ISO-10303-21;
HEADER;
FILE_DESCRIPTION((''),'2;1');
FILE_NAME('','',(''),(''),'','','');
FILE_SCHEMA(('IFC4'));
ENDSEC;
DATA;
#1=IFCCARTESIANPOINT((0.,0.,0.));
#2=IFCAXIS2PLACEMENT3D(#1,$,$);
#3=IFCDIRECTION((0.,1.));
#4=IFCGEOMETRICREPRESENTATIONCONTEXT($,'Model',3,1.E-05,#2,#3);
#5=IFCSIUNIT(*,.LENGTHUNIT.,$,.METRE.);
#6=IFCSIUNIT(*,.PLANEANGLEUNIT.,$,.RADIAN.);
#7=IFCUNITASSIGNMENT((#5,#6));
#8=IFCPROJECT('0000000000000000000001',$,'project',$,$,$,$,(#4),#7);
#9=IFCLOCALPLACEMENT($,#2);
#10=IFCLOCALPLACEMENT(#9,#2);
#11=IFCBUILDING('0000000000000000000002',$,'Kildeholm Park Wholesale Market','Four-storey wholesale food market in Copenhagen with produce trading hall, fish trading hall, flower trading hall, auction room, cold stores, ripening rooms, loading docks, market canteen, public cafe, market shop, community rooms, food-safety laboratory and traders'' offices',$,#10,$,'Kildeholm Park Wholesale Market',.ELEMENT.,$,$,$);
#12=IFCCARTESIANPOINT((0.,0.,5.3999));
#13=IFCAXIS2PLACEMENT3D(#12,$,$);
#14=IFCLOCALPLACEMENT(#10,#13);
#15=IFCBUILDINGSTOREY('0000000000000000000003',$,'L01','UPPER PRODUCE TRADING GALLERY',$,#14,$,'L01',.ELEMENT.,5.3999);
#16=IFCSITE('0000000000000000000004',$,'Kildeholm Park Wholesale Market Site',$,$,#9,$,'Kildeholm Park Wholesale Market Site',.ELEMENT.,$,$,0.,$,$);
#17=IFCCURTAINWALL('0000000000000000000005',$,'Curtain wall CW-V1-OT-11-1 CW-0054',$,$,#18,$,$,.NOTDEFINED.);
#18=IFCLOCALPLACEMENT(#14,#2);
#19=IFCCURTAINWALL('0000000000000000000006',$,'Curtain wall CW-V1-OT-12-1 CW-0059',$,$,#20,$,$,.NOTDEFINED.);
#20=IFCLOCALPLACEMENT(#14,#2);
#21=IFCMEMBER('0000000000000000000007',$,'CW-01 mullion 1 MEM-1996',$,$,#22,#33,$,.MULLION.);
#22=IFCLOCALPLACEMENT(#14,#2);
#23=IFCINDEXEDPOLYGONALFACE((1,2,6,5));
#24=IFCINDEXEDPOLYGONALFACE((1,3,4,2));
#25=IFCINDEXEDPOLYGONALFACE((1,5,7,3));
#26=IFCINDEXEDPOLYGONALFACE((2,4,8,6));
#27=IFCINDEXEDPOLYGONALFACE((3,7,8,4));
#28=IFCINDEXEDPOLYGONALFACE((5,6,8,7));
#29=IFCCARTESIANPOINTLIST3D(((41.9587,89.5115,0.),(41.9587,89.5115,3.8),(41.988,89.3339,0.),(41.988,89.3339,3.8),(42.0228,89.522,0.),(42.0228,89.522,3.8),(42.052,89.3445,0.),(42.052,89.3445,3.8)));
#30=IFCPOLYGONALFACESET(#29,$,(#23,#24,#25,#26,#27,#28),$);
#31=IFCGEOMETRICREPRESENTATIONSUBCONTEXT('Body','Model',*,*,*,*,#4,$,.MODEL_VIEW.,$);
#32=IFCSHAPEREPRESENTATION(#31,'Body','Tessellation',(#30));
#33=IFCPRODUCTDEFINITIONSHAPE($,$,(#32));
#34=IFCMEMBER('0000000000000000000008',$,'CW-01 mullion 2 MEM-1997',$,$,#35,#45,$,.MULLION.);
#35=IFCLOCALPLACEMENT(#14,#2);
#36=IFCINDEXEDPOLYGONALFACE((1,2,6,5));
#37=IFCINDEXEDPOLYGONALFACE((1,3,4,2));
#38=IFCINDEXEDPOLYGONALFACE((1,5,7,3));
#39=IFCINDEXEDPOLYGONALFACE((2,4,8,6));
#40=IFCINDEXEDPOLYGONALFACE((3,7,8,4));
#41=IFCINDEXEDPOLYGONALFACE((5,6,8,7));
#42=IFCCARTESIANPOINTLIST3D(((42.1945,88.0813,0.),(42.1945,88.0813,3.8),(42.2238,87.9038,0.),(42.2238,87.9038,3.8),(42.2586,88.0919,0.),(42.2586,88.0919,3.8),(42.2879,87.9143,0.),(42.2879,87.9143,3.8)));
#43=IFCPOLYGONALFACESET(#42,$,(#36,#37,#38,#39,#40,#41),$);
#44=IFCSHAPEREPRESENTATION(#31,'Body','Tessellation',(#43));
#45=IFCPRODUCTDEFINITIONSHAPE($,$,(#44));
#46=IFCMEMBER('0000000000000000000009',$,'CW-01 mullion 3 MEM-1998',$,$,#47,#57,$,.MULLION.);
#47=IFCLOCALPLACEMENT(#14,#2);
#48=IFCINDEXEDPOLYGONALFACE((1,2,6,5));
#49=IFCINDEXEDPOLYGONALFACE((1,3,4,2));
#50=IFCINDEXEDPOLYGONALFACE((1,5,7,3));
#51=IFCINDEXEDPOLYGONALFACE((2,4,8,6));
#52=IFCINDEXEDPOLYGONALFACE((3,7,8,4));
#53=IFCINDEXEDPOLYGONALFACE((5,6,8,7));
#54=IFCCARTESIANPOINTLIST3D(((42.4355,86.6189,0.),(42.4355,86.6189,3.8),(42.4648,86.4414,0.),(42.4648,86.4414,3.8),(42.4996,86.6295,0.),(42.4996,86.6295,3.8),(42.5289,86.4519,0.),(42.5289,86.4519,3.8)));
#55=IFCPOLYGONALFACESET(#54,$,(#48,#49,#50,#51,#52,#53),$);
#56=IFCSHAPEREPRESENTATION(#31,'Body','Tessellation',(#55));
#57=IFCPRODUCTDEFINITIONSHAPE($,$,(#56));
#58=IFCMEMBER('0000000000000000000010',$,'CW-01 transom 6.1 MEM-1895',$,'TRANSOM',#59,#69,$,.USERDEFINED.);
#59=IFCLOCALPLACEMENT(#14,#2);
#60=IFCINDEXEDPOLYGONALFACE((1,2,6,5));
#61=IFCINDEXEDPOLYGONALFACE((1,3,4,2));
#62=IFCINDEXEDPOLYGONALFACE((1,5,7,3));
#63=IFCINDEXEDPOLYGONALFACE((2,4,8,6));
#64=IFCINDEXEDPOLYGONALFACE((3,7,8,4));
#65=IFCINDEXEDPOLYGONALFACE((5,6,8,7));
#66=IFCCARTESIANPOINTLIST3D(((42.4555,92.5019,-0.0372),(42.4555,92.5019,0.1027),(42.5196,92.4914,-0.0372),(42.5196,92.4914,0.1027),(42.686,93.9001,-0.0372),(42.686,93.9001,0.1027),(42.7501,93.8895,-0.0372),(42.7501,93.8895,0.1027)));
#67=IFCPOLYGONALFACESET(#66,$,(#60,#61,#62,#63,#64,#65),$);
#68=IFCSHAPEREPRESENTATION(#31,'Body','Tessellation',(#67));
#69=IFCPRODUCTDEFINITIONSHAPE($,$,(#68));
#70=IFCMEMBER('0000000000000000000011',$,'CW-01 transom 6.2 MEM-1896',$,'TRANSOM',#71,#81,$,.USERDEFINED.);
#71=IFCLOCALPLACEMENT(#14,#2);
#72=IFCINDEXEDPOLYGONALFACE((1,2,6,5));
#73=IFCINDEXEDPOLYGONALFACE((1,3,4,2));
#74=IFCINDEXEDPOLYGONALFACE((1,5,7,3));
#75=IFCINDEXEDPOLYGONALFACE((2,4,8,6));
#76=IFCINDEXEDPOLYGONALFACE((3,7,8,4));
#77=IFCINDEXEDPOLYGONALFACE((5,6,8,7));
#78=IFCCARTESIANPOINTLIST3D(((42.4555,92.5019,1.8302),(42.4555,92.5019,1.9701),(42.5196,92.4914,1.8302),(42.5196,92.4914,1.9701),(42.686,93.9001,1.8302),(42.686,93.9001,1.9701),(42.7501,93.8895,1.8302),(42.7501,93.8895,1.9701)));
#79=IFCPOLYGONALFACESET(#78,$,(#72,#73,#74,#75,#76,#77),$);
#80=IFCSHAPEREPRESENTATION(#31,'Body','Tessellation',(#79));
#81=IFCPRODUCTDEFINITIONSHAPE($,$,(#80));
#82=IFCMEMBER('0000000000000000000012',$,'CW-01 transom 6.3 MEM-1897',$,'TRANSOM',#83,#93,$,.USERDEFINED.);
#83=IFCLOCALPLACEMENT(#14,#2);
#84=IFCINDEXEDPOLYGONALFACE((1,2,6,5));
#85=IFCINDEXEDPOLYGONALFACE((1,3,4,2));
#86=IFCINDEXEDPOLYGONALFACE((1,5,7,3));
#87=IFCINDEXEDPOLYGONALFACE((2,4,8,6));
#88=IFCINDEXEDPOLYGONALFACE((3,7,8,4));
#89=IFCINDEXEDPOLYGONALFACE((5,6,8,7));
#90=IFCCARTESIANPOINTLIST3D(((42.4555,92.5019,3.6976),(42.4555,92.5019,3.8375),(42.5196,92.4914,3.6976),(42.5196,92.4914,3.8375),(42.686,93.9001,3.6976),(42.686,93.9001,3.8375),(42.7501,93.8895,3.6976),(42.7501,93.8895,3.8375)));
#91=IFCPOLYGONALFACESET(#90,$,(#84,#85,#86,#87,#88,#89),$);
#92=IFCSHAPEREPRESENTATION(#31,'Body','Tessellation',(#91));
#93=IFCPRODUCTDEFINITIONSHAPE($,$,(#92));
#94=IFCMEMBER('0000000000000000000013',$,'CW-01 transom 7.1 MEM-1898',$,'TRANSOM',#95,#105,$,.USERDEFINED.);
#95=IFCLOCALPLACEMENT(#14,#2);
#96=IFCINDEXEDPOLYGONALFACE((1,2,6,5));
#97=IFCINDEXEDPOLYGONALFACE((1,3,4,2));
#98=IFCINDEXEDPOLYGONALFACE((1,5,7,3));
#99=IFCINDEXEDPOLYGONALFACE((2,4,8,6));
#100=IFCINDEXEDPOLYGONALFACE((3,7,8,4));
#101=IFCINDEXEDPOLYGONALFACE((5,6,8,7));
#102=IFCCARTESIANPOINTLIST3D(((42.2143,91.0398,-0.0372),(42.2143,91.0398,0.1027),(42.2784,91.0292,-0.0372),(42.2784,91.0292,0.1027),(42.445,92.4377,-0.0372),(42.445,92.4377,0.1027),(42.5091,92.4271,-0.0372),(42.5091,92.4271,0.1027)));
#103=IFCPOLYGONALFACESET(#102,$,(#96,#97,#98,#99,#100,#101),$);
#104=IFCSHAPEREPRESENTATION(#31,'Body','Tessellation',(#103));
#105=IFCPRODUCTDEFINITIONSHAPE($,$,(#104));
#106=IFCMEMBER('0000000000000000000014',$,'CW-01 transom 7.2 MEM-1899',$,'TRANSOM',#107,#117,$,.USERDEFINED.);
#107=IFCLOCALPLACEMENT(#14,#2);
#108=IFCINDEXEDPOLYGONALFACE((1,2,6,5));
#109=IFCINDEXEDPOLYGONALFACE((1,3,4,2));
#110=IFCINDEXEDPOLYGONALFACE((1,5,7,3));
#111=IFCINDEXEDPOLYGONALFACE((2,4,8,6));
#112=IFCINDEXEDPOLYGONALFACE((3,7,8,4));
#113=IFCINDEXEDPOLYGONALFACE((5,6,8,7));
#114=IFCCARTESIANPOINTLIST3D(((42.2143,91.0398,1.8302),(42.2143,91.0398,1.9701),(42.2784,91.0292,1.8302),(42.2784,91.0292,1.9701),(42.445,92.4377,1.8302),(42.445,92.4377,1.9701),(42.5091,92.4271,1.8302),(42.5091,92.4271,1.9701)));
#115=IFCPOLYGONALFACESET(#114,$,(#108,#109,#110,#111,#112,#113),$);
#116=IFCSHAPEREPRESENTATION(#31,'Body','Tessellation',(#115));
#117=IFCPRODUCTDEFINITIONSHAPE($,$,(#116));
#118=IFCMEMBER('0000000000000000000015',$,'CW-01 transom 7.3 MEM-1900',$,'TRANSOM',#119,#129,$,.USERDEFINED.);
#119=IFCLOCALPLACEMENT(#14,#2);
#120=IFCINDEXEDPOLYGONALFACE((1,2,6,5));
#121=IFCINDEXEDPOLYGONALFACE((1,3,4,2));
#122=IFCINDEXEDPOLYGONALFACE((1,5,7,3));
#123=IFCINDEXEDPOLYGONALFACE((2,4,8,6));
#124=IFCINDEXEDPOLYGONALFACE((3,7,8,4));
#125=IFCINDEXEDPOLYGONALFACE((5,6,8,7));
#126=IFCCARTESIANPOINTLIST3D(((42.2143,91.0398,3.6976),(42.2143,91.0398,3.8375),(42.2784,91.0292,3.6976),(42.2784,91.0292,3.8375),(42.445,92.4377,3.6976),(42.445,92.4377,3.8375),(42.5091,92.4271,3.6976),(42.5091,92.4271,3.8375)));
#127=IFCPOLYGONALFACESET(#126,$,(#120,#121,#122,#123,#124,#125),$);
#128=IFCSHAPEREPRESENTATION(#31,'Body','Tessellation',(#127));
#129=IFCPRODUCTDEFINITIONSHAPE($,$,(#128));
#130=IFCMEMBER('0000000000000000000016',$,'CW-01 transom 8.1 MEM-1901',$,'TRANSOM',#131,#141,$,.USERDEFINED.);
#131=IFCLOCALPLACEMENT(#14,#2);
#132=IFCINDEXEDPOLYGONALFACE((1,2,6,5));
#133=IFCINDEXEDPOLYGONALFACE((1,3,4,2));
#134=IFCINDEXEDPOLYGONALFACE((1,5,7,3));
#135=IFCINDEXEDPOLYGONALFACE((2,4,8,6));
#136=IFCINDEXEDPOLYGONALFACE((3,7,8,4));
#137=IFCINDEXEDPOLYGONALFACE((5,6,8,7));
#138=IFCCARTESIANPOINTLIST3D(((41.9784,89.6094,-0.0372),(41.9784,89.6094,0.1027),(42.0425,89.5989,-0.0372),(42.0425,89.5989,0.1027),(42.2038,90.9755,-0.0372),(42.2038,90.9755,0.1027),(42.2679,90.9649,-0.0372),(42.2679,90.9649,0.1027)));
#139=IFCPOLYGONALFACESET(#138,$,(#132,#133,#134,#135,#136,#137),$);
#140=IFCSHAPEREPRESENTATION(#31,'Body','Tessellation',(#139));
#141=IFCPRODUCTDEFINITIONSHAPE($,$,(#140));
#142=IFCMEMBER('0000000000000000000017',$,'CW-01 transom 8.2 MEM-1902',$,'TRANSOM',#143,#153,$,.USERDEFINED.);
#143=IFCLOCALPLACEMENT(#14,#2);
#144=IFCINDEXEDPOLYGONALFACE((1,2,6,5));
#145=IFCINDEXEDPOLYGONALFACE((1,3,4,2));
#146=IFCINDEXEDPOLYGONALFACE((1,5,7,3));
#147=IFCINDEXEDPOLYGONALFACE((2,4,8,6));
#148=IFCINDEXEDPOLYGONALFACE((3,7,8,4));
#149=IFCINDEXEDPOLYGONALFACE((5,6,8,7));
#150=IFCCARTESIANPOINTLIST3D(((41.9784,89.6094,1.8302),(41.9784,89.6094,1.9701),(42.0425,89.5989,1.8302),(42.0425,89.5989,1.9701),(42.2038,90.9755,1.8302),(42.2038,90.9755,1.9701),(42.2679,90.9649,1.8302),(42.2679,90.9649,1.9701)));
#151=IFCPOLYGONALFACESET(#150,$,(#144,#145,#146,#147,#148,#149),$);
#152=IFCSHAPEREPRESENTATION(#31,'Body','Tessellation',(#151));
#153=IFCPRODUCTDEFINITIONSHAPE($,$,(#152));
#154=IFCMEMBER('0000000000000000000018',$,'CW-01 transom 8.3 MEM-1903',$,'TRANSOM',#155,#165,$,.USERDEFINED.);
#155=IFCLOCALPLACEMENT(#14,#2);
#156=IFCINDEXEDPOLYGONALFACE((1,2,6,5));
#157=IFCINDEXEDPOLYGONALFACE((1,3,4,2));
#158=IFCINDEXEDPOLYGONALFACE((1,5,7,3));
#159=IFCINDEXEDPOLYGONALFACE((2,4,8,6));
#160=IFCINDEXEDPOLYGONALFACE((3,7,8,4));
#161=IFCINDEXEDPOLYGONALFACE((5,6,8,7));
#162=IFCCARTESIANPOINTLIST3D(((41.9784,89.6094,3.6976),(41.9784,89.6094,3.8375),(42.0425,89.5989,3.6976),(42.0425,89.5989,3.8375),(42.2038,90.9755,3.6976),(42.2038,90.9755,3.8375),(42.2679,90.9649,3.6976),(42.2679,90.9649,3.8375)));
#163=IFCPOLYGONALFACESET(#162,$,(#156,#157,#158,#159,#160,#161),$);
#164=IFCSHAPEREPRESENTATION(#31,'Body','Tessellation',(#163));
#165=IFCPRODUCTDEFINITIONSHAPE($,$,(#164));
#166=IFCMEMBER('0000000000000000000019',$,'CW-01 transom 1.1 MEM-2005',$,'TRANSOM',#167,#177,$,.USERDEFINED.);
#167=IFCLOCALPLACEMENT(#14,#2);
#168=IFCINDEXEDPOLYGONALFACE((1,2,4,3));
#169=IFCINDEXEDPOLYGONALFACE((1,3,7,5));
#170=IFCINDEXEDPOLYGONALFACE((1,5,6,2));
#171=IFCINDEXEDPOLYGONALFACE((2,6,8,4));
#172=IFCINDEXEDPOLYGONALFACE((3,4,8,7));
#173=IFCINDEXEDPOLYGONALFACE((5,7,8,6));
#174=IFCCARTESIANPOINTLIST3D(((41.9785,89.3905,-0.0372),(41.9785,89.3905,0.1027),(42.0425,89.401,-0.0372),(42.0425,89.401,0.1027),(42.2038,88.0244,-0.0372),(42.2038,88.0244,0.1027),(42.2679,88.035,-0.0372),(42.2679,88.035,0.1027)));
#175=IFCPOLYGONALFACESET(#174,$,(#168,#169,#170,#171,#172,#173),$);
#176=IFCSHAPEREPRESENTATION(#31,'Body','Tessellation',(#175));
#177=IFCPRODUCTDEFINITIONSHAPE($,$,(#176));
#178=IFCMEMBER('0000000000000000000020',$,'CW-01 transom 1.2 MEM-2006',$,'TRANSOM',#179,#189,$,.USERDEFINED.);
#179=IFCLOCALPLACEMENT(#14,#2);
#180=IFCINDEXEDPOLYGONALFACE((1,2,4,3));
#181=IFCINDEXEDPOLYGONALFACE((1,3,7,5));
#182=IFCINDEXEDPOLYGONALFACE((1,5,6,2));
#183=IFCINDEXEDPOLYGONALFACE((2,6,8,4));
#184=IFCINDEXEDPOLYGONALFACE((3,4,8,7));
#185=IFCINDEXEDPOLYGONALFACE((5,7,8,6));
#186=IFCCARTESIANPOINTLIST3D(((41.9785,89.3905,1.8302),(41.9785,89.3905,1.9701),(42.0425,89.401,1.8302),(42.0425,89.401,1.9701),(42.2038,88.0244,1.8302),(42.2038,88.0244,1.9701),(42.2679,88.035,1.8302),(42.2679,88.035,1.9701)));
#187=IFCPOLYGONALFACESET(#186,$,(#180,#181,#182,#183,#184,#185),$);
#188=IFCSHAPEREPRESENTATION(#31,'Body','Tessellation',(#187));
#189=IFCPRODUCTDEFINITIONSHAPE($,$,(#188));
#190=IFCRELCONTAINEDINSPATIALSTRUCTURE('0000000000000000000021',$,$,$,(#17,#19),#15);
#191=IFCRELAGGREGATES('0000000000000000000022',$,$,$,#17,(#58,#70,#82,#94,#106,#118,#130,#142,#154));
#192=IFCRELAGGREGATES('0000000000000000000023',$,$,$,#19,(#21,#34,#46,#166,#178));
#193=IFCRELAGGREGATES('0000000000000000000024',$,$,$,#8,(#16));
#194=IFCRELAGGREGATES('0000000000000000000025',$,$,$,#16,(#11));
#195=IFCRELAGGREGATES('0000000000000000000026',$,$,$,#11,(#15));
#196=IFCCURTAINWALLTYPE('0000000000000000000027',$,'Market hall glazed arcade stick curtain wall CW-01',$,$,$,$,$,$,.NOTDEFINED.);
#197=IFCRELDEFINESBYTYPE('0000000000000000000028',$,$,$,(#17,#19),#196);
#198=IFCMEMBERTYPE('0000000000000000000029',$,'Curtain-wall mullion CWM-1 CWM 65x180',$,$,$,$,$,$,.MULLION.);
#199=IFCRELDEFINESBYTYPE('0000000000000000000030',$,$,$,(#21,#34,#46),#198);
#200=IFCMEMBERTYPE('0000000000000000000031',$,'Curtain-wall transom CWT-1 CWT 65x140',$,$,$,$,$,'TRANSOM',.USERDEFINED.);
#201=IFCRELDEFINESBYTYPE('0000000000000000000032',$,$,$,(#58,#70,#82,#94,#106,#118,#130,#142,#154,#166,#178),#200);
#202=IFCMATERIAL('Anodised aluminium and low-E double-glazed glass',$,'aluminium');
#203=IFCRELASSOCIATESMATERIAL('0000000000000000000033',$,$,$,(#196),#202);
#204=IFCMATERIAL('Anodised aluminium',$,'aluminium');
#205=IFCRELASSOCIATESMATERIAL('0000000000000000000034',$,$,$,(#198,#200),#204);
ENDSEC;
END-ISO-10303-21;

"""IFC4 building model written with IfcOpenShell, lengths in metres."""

from ifc_helpers import new_model, si_unit, direction, frame, origin, origin_2d, place, context, subcontext, project, spatial, rectangle, extrude, material, material_profile, profile_set, type_object, element, aggregate, save


model = new_model("IFC4")

# Units and contexts
model_context = context("Model", 3, precision=1e-05, world=origin(), true_north=direction((0.0, 1.0)))
body_context = subcontext(model_context, "Body", "Model", "MODEL_VIEW")
ifc_project = project(units=[si_unit("LENGTHUNIT", "METRE"), si_unit("PLANEANGLEUNIT", "RADIAN")], contexts=[model_context])

# Site, building, storey
site_placement = place(None, origin())
site = spatial("IfcSite", under=ifc_project, at=site_placement, Name="Kildeholm Park Wholesale Market Site", LongName="Kildeholm Park Wholesale Market Site", CompositionType="ELEMENT", RefElevation=0.0)
building_placement = place(site_placement, origin())
building = spatial("IfcBuilding", under=site, at=building_placement, Name="Kildeholm Park Wholesale Market", Description="Four-storey wholesale food market in Copenhagen with produce trading hall, fish trading hall, flower trading hall, auction room, cold stores, ripening rooms, loading docks, market canteen, public cafe, market shop, community rooms, food-safety laboratory and traders' offices", LongName="Kildeholm Park Wholesale Market", CompositionType="ELEMENT")
storey_placement = place(building_placement, frame((0.0, 0.0, 5.3999)))
storey = spatial("IfcBuildingStorey", under=building, at=storey_placement, Name="L01", Description="UPPER PRODUCE TRADING GALLERY", LongName="L01", CompositionType="ELEMENT", Elevation=5.3999)

# Curtain walls, members
ifc_material_1 = material(Name="Anodised aluminium and low-E double-glazed glass", Category="aluminium")
curtain_wall_type = type_object("IfcCurtainWallType", Name="Market hall glazed arcade stick curtain wall CW-01", PredefinedType="NOTDEFINED", material=ifc_material_1)
curtain_wall_1_placement = place(storey_placement, origin())
curtain_wall_1 = element("IfcCurtainWall", 1, at=curtain_wall_1_placement, inside=storey, type_object=curtain_wall_type, Name="Curtain wall CW-V1-OT-11-1 CW-0054", PredefinedType="NOTDEFINED")
ifc_material_2 = material(Name="Anodised aluminium", Category="aluminium")
ifc_material_profile_1 = material_profile(ifc_material_2, rectangle(XDim=0.0649, YDim=0.1799, at=origin_2d()), Name="CWM 65x180")
ifc_profile_set_1 = profile_set([ifc_material_profile_1], Name="Anodised aluminium")
member_type_1 = type_object("IfcMemberType", Name="Curtain-wall mullion CWM-1 CWM 65x180", PredefinedType="MULLION", material=ifc_profile_set_1)
curtain_wall_2_placement = place(storey_placement, origin())
curtain_wall_2 = element("IfcCurtainWall", 2, at=curtain_wall_2_placement, inside=storey, type_object=curtain_wall_type, Name="Curtain wall CW-V1-OT-12-1 CW-0059", PredefinedType="NOTDEFINED")
member_1_placement = place(storey_placement, frame((42.0054, 89.428, 0.0), z_axis=(0.0, 0.0, 1.0), x_axis=(0.986675, 0.162703, 0.0)))
member_1 = element("IfcMember", 3, at=member_1_placement, type_object=member_type_1, Name="CW-01 mullion 1 MEM-1996", PredefinedType="MULLION", context=body_context, shape_type="SweptSolid", body=[
    extrude(rectangle(XDim=0.0649, YDim=0.1799, at=origin_2d()), origin(), (0.0, 0.0, 1.0), 3.8),
])
member_2_placement = place(storey_placement, frame((42.2412, 87.9978, 0.0), z_axis=(0.0, 0.0, 1.0), x_axis=(0.986675, 0.162703, 0.0)))
member_2 = element("IfcMember", 4, at=member_2_placement, type_object=member_type_1, Name="CW-01 mullion 2 MEM-1997", PredefinedType="MULLION", context=body_context, shape_type="SweptSolid", body=[
    extrude(rectangle(XDim=0.0649, YDim=0.1799, at=origin_2d()), origin(), (0.0, 0.0, 1.0), 3.8),
])
member_3_placement = place(storey_placement, frame((42.4822, 86.5354, 0.0), z_axis=(0.0, 0.0, 1.0), x_axis=(0.986675, 0.162703, 0.0)))
member_3 = element("IfcMember", 5, at=member_3_placement, type_object=member_type_1, Name="CW-01 mullion 3 MEM-1998", PredefinedType="MULLION", context=body_context, shape_type="SweptSolid", body=[
    extrude(rectangle(XDim=0.0649, YDim=0.1799, at=origin_2d()), origin(), (0.0, 0.0, 1.0), 3.8),
])

# Members
ifc_material_profile_2 = material_profile(ifc_material_2, rectangle(XDim=0.0649, YDim=0.1399, at=origin_2d()), Name="CWT 65x140")
ifc_profile_set_2 = profile_set([ifc_material_profile_2], Name="Anodised aluminium")
member_type_2 = type_object("IfcMemberType", Name="Curtain-wall transom CWT-1 CWT 65x140", ElementType="TRANSOM", PredefinedType="USERDEFINED", material=ifc_profile_set_2)
member_4_placement = place(storey_placement, frame((42.718, 93.8948, 0.0327), z_axis=(-0.162639, -0.986686, 0.0), x_axis=(0.986686, -0.162639, 0.0)))
member_4 = element("IfcMember", 6, at=member_4_placement, type_object=member_type_2, Name="CW-01 transom 6.1 MEM-1895", ObjectType="TRANSOM", PredefinedType="USERDEFINED", context=body_context, shape_type="SweptSolid", body=[
    extrude(rectangle(XDim=0.0649, YDim=0.1399, at=origin_2d()), origin(), (0.0, 0.0, 1.0), 1.417),
])
member_5_placement = place(storey_placement, frame((42.718, 93.8948, 1.9001), z_axis=(-0.162639, -0.986686, 0.0), x_axis=(0.986686, -0.162639, 0.0)))
member_5 = element("IfcMember", 7, at=member_5_placement, type_object=member_type_2, Name="CW-01 transom 6.2 MEM-1896", ObjectType="TRANSOM", PredefinedType="USERDEFINED", context=body_context, shape_type="SweptSolid", body=[
    extrude(rectangle(XDim=0.0649, YDim=0.1399, at=origin_2d()), origin(), (0.0, 0.0, 1.0), 1.417),
])
member_6_placement = place(storey_placement, frame((42.718, 93.8948, 3.7676), z_axis=(-0.162639, -0.986686, 0.0), x_axis=(0.986686, -0.162639, 0.0)))
member_6 = element("IfcMember", 8, at=member_6_placement, type_object=member_type_2, Name="CW-01 transom 6.3 MEM-1897", ObjectType="TRANSOM", PredefinedType="USERDEFINED", context=body_context, shape_type="SweptSolid", body=[
    extrude(rectangle(XDim=0.0649, YDim=0.1399, at=origin_2d()), origin(), (0.0, 0.0, 1.0), 1.417),
])
member_7_placement = place(storey_placement, frame((42.4771, 92.4324, 0.0327), z_axis=(-0.162834, -0.986653, 0.0), x_axis=(0.986653, -0.162834, 0.0)))
member_7 = element("IfcMember", 9, at=member_7_placement, type_object=member_type_2, Name="CW-01 transom 7.1 MEM-1898", ObjectType="TRANSOM", PredefinedType="USERDEFINED", context=body_context, shape_type="SweptSolid", body=[
    extrude(rectangle(XDim=0.0649, YDim=0.1399, at=origin_2d()), origin(), (0.0, 0.0, 1.0), 1.4167),
])
member_8_placement = place(storey_placement, frame((42.4771, 92.4324, 1.9001), z_axis=(-0.162834, -0.986653, 0.0), x_axis=(0.986653, -0.162834, 0.0)))
member_8 = element("IfcMember", 10, at=member_8_placement, type_object=member_type_2, Name="CW-01 transom 7.2 MEM-1899", ObjectType="TRANSOM", PredefinedType="USERDEFINED", context=body_context, shape_type="SweptSolid", body=[
    extrude(rectangle(XDim=0.0649, YDim=0.1399, at=origin_2d()), origin(), (0.0, 0.0, 1.0), 1.4167),
])
member_9_placement = place(storey_placement, frame((42.4771, 92.4324, 3.7676), z_axis=(-0.162834, -0.986653, 0.0), x_axis=(0.986653, -0.162834, 0.0)))
member_9 = element("IfcMember", 11, at=member_9_placement, type_object=member_type_2, Name="CW-01 transom 7.3 MEM-1900", ObjectType="TRANSOM", PredefinedType="USERDEFINED", context=body_context, shape_type="SweptSolid", body=[
    extrude(rectangle(XDim=0.0649, YDim=0.1399, at=origin_2d()), origin(), (0.0, 0.0, 1.0), 1.4167),
])
member_10_placement = place(storey_placement, frame((42.2358, 90.9702, 0.0327), z_axis=(-0.162769, -0.986664, 0.0), x_axis=(0.986664, -0.162769, 0.0)))
member_10 = element("IfcMember", 12, at=member_10_placement, type_object=member_type_2, Name="CW-01 transom 8.1 MEM-1901", ObjectType="TRANSOM", PredefinedType="USERDEFINED", context=body_context, shape_type="SweptSolid", body=[
    extrude(rectangle(XDim=0.0649, YDim=0.1399, at=origin_2d()), origin(), (0.0, 0.0, 1.0), 1.3845),
])
member_11_placement = place(storey_placement, frame((42.2358, 90.9702, 1.9001), z_axis=(-0.162769, -0.986664, 0.0), x_axis=(0.986664, -0.162769, 0.0)))
member_11 = element("IfcMember", 13, at=member_11_placement, type_object=member_type_2, Name="CW-01 transom 8.2 MEM-1902", ObjectType="TRANSOM", PredefinedType="USERDEFINED", context=body_context, shape_type="SweptSolid", body=[
    extrude(rectangle(XDim=0.0649, YDim=0.1399, at=origin_2d()), origin(), (0.0, 0.0, 1.0), 1.3845),
])
member_12_placement = place(storey_placement, frame((42.2358, 90.9702, 3.7676), z_axis=(-0.162769, -0.986664, 0.0), x_axis=(0.986664, -0.162769, 0.0)))
member_12 = element("IfcMember", 14, at=member_12_placement, type_object=member_type_2, Name="CW-01 transom 8.3 MEM-1903", ObjectType="TRANSOM", PredefinedType="USERDEFINED", context=body_context, shape_type="SweptSolid", body=[
    extrude(rectangle(XDim=0.0649, YDim=0.1399, at=origin_2d()), origin(), (0.0, 0.0, 1.0), 1.3845),
])
member_13_placement = place(storey_placement, frame((42.0105, 89.3958, 0.0327), z_axis=(0.162769, -0.986664, 0.0), x_axis=(0.986664, 0.162769, 0.0)))
member_13 = element("IfcMember", 15, at=member_13_placement, type_object=member_type_2, Name="CW-01 transom 1.1 MEM-2005", ObjectType="TRANSOM", PredefinedType="USERDEFINED", context=body_context, shape_type="SweptSolid", body=[
    extrude(rectangle(XDim=0.0649, YDim=0.1399, at=origin_2d()), origin(), (0.0, 0.0, 1.0), 1.3845),
])
member_14_placement = place(storey_placement, frame((42.0105, 89.3958, 1.9001), z_axis=(0.162769, -0.986664, 0.0), x_axis=(0.986664, 0.162769, 0.0)))
member_14 = element("IfcMember", 16, at=member_14_placement, type_object=member_type_2, Name="CW-01 transom 1.2 MEM-2006", ObjectType="TRANSOM", PredefinedType="USERDEFINED", context=body_context, shape_type="SweptSolid", body=[
    extrude(rectangle(XDim=0.0649, YDim=0.1399, at=origin_2d()), origin(), (0.0, 0.0, 1.0), 1.3845),
])

aggregate(curtain_wall_1, [member_4, member_5, member_6, member_7, member_8, member_9, member_10, member_11, member_12])
aggregate(curtain_wall_2, [member_1, member_2, member_3, member_13, member_14])

save(model, "model.ifc")
